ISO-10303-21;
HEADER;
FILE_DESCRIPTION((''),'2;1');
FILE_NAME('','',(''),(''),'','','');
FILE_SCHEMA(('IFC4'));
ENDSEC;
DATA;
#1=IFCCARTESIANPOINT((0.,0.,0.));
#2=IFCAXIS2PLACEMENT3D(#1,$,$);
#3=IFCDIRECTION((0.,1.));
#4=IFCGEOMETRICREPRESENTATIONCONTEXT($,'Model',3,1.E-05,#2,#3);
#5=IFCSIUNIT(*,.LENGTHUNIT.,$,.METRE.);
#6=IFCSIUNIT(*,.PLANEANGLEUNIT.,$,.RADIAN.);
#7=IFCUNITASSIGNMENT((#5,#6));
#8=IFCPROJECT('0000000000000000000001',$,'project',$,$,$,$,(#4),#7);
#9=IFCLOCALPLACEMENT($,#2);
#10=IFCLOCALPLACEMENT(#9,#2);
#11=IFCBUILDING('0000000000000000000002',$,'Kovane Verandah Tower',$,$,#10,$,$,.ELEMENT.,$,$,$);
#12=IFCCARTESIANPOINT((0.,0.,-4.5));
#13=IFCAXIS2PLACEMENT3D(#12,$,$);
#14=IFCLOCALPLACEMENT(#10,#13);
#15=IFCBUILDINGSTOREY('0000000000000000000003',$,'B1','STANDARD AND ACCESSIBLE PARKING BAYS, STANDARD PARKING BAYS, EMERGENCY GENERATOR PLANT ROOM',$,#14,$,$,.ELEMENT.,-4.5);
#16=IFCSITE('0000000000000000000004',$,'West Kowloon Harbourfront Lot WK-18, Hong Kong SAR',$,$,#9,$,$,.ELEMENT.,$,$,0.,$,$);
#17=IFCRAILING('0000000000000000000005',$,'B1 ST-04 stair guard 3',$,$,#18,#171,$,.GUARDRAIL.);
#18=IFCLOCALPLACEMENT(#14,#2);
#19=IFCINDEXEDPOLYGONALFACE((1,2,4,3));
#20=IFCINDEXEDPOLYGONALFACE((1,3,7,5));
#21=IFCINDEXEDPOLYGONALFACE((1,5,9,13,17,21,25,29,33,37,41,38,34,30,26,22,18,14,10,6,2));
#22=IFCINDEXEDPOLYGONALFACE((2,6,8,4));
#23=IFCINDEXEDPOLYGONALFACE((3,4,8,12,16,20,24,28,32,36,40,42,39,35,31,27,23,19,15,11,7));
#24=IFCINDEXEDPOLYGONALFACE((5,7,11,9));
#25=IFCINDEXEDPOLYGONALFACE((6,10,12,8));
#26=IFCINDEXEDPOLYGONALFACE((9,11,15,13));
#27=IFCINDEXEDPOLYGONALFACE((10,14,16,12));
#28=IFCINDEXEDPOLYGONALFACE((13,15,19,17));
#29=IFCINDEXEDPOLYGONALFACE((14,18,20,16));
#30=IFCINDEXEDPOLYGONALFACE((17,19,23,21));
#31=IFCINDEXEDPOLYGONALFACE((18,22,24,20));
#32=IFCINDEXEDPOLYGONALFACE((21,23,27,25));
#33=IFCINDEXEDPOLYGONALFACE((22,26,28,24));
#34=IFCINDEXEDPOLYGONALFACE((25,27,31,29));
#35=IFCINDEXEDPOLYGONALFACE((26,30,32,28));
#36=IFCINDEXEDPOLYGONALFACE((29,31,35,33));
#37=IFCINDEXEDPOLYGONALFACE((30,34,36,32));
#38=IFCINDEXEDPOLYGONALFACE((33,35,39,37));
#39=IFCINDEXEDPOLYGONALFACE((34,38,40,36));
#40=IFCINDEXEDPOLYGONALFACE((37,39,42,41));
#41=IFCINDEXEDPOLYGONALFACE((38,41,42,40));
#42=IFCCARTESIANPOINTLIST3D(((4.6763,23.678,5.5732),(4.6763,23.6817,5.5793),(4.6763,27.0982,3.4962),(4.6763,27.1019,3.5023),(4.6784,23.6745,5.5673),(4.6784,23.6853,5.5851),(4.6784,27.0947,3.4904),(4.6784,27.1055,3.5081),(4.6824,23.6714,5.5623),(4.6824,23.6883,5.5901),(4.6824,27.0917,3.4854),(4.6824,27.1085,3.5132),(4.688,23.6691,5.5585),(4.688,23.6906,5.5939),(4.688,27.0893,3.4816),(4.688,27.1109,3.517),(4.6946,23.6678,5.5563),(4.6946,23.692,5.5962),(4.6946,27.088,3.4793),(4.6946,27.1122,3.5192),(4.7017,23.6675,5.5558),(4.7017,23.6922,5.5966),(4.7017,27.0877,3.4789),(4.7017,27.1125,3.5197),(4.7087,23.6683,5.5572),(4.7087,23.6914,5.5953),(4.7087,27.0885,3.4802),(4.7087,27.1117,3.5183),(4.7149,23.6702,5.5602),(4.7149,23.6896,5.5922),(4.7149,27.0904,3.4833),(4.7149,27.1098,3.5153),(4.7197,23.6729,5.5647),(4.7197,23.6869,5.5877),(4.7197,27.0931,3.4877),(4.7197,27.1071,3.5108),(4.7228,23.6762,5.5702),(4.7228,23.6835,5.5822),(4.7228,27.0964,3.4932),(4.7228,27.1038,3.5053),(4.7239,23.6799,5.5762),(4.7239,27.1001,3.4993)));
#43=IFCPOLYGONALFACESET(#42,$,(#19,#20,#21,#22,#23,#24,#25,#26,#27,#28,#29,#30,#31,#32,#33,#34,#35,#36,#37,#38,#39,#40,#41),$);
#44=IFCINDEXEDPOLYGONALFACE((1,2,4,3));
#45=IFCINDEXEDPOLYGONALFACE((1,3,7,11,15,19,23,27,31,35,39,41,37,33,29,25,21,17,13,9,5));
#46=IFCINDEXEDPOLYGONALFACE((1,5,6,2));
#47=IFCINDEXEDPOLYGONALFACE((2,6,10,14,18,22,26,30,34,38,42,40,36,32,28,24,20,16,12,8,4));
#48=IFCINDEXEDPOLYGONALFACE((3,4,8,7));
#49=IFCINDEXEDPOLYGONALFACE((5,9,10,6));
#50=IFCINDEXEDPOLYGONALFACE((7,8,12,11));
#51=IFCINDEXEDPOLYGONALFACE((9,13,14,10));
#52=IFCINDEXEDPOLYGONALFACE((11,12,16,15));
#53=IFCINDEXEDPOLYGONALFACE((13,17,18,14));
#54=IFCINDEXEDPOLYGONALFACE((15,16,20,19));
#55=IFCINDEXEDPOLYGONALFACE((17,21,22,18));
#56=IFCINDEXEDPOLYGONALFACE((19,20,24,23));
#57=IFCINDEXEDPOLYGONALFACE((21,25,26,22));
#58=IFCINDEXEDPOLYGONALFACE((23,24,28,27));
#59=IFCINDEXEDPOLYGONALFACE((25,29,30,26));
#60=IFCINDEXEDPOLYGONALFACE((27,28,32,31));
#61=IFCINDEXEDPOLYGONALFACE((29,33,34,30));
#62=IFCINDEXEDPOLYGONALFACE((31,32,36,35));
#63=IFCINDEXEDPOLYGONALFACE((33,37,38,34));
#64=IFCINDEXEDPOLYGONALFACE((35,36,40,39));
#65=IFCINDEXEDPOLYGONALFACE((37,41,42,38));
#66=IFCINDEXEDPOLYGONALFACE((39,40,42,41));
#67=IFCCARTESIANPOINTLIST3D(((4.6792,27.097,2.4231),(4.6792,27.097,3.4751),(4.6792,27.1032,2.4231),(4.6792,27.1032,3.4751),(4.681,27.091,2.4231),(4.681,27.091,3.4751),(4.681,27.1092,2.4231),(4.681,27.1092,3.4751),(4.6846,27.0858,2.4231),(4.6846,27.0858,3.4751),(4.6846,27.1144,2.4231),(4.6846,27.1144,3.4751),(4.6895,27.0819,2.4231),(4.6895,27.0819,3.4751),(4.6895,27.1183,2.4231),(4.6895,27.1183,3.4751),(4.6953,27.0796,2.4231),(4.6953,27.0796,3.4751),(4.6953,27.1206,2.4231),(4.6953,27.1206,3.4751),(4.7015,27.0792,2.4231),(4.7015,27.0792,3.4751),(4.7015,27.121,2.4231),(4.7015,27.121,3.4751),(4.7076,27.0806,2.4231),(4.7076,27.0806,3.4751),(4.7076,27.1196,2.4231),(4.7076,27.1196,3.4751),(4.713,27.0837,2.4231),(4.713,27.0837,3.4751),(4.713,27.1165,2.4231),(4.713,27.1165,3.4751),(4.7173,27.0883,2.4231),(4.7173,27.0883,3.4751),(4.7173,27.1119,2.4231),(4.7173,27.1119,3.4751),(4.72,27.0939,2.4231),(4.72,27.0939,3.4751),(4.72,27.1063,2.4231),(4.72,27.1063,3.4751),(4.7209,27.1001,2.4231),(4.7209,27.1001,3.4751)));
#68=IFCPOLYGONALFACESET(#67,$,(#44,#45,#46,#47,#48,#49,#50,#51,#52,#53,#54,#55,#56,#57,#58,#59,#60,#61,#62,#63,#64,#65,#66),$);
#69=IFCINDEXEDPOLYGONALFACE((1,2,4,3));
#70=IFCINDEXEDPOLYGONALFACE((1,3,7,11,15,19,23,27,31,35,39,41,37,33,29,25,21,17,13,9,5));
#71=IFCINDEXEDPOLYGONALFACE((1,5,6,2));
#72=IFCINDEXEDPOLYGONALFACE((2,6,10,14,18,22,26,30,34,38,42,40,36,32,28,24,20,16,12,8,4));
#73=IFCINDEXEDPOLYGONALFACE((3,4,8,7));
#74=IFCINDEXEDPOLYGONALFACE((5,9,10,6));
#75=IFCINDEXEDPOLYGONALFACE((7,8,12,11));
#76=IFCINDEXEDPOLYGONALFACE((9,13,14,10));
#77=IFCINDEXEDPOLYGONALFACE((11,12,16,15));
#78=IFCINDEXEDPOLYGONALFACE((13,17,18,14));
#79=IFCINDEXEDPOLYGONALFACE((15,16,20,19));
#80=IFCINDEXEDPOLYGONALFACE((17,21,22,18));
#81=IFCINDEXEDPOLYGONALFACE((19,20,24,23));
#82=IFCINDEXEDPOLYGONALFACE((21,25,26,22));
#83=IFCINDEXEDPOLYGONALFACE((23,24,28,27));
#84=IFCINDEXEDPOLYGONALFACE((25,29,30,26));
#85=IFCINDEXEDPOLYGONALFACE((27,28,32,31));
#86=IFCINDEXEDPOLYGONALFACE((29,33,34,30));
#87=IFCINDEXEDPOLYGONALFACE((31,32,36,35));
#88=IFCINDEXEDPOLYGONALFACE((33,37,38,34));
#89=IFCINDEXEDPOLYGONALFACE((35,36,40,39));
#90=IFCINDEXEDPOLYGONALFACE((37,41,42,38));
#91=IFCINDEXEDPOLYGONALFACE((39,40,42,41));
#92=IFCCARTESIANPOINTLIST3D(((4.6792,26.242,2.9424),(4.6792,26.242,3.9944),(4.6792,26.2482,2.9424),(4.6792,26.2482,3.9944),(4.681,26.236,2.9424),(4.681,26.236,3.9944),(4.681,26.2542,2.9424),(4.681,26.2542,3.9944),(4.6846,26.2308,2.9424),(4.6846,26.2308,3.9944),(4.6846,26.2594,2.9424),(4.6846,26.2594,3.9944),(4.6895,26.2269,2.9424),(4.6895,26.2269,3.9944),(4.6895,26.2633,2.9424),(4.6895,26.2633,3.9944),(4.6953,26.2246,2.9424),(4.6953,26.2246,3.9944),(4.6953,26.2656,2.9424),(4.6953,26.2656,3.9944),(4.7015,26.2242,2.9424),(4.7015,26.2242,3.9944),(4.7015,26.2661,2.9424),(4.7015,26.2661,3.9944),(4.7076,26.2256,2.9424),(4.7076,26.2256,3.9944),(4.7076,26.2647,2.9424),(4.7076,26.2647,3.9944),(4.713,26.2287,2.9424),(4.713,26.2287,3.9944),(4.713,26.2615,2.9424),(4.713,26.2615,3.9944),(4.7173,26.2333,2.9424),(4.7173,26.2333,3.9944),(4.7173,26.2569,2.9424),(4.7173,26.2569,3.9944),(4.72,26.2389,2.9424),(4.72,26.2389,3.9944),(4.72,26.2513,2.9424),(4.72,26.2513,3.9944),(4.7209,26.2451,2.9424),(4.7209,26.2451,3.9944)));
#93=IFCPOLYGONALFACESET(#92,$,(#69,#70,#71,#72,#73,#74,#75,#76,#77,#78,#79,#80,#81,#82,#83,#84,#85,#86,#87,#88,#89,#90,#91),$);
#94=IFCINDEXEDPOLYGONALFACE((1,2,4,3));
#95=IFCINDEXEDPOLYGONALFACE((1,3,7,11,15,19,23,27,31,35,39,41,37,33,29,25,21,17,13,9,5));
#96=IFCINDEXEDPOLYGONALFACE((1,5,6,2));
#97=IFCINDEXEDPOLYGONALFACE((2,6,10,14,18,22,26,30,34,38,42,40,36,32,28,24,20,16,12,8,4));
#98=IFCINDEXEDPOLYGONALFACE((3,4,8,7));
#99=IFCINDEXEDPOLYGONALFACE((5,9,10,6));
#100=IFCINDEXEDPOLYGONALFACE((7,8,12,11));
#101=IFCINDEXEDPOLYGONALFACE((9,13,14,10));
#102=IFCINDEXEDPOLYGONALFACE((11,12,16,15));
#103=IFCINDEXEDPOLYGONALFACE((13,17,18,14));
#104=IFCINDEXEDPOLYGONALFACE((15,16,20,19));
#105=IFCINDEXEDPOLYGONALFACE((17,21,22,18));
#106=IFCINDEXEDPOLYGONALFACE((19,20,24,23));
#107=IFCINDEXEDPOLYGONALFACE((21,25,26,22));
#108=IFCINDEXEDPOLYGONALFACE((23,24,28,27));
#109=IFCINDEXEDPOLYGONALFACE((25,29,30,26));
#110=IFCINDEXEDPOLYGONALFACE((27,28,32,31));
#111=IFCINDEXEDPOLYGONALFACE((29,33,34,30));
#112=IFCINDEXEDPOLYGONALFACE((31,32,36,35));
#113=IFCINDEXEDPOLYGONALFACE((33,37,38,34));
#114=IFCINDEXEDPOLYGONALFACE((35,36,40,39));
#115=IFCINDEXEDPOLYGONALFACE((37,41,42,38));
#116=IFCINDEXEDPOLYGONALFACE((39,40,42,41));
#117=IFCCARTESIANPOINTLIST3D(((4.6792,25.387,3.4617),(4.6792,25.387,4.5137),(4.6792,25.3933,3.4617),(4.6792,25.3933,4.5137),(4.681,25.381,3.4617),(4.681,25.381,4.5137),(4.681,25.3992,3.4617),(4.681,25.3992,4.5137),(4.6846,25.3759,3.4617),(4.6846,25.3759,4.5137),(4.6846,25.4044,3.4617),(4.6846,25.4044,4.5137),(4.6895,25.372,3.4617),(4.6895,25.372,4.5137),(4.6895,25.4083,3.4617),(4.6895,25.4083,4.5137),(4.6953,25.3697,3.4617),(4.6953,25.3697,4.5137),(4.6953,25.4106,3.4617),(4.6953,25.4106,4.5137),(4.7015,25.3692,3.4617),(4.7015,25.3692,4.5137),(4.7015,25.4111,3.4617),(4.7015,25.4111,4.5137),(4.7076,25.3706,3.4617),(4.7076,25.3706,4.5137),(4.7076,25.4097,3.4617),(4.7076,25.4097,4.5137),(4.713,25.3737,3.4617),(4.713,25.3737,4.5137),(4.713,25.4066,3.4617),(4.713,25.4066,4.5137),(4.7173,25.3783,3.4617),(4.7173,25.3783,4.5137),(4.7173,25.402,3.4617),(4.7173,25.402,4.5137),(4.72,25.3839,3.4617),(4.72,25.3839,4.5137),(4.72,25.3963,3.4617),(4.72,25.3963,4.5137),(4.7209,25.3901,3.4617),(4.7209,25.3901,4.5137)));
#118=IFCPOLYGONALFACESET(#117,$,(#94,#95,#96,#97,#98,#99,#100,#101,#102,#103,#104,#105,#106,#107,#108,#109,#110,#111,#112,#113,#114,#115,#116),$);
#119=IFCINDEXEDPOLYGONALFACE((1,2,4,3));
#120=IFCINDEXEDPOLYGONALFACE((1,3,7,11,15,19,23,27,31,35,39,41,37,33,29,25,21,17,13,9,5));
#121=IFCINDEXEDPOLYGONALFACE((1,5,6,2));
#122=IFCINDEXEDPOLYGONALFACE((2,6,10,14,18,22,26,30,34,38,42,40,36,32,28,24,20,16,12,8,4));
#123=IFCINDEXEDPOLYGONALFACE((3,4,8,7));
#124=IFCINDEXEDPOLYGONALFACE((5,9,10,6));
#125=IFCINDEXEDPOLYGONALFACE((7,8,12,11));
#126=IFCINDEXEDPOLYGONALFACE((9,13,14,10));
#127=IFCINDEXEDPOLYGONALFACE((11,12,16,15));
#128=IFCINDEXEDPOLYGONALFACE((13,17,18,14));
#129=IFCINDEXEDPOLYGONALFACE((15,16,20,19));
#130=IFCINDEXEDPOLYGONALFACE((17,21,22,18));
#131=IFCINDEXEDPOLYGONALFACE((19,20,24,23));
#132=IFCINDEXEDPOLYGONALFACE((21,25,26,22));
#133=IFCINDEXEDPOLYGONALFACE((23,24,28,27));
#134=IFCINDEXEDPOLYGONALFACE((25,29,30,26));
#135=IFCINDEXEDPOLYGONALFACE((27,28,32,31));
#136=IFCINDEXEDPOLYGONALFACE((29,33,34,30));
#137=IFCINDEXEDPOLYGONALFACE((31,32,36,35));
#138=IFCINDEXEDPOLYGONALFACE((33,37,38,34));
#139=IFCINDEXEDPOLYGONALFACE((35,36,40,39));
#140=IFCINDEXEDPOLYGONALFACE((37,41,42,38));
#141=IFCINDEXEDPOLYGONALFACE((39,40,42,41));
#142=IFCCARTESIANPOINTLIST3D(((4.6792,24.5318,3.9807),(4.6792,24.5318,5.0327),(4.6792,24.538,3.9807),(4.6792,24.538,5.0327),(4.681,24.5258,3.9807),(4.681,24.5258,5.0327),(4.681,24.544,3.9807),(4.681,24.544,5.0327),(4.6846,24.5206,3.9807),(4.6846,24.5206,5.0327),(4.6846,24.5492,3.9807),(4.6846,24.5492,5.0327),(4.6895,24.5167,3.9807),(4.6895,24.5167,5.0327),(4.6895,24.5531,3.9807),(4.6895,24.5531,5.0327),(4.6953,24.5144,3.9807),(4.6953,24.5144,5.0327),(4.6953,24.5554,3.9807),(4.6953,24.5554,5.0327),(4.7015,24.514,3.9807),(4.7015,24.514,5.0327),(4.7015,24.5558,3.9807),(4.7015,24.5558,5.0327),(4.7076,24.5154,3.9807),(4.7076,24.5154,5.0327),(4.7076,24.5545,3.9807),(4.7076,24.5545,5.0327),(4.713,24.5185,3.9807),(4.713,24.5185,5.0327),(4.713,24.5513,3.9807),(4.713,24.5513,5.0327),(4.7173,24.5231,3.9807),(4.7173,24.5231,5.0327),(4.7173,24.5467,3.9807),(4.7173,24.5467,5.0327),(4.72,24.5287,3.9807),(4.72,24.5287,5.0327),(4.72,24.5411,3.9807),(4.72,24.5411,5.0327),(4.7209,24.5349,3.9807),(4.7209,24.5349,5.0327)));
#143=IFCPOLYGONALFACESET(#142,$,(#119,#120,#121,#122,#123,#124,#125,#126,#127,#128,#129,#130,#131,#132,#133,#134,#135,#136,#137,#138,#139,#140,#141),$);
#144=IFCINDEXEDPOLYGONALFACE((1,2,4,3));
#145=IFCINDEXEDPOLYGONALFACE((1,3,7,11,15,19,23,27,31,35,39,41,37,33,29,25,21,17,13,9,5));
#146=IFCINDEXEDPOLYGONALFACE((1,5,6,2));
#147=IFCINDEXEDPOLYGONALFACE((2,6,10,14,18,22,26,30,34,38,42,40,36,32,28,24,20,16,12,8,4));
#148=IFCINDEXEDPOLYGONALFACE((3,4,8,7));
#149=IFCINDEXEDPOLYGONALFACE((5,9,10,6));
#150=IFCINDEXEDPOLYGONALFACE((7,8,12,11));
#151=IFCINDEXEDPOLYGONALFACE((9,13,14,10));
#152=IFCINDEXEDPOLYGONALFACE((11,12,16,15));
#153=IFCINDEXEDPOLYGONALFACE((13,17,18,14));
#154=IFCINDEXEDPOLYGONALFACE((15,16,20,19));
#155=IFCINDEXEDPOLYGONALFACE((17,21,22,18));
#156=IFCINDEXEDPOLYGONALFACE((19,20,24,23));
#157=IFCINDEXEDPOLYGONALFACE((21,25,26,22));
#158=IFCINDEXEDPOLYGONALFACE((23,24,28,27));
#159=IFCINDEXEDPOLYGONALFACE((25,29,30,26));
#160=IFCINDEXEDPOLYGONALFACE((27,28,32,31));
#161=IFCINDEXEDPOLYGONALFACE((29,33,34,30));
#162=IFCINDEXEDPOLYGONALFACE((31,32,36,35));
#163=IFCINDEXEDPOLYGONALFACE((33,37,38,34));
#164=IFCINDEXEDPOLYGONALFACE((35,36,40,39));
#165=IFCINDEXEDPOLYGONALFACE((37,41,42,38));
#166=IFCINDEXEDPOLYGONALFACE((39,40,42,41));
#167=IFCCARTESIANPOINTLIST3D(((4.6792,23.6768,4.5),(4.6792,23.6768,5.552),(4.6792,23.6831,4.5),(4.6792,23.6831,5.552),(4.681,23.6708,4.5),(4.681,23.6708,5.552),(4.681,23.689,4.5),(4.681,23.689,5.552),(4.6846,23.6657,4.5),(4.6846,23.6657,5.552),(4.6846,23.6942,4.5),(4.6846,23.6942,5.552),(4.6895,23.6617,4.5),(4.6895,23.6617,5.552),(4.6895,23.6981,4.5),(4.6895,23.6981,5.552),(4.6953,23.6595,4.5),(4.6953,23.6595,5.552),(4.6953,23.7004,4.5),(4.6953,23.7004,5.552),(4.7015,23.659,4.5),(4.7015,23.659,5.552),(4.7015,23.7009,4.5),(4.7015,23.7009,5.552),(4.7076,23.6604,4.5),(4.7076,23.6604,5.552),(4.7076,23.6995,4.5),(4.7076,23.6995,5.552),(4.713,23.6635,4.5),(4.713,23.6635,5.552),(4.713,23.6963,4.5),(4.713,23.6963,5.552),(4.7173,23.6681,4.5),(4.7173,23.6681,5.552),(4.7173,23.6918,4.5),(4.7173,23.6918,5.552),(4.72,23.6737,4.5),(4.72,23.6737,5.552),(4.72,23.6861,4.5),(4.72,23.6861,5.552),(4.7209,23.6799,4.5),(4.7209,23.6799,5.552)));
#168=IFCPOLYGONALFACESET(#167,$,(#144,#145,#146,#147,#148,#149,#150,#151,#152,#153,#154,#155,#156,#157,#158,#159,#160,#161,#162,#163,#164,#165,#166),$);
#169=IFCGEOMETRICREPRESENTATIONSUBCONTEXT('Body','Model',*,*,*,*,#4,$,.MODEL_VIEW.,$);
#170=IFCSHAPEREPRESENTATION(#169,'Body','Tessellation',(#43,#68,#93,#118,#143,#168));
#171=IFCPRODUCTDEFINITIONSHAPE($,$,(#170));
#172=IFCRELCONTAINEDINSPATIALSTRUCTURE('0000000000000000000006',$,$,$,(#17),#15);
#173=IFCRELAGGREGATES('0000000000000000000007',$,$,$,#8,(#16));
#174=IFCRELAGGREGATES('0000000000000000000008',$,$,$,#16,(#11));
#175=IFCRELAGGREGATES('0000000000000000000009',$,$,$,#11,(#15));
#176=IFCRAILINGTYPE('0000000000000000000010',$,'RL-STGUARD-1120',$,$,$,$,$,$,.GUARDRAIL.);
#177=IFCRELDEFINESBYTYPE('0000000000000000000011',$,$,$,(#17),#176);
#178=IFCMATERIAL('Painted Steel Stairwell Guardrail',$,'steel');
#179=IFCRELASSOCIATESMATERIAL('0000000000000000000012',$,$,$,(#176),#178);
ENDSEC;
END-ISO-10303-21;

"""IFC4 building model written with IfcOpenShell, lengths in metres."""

from ifc_helpers import new_model, si_unit, direction, frame, origin, origin_2d, place, context, subcontext, project, spatial, circle, extrude, material, type_object, element, save


model = new_model("IFC4")

# Units and contexts
model_context = context("Model", 3, precision=1e-05, world=origin(), true_north=direction((0.0, 1.0)))
body_context = subcontext(model_context, "Body", "Model", "MODEL_VIEW")
ifc_project = project(units=[si_unit("LENGTHUNIT", "METRE"), si_unit("PLANEANGLEUNIT", "RADIAN")], contexts=[model_context])

# Site, building, storey
site_placement = place(None, origin())
site = spatial("IfcSite", under=ifc_project, at=site_placement, Name="West Kowloon Harbourfront Lot WK-18, Hong Kong SAR", CompositionType="ELEMENT", RefElevation=0.0)
building_placement = place(site_placement, origin())
building = spatial("IfcBuilding", under=site, at=building_placement, Name="Kovane Verandah Tower", CompositionType="ELEMENT")
storey_placement = place(building_placement, frame((0.0, 0.0, -4.5)))
storey = spatial("IfcBuildingStorey", under=building, at=storey_placement, Name="B1", Description="STANDARD AND ACCESSIBLE PARKING BAYS, STANDARD PARKING BAYS, EMERGENCY GENERATOR PLANT ROOM", CompositionType="ELEMENT", Elevation=-4.5)

# Railing
ifc_material_1 = material(Name="Painted Steel Stairwell Guardrail", Category="steel")
railing_type_1 = type_object("IfcRailingType", Name="RL-STGUARD-1120", PredefinedType="GUARDRAIL", material=ifc_material_1)
railing_1_placement = place(storey_placement, frame((4.7, 27.1001, 2.4231)))
element("IfcRailing", 1, at=railing_1_placement, inside=storey, type_object=railing_type_1, Name="B1 ST-04 stair guard 3", PredefinedType="GUARDRAIL", context=body_context, shape_type="SweptSolid", body=[
    extrude(circle(Radius=0.0239, at=origin_2d()), frame((0.0, 0.0, 1.0762), z_axis=(0.0, -0.854746, 0.519047), x_axis=(1.0, 0.0, 0.0)), (0.0, 0.0, 1.0), 4.0015),
    extrude(circle(Radius=0.021, at=origin_2d()), origin(), (0.0, 0.0, 1.0), 1.052),
    extrude(circle(Radius=0.021, at=origin_2d()), frame((0.0, -0.855, 0.5193)), (0.0, 0.0, 1.0), 1.052),
    extrude(circle(Radius=0.021, at=origin_2d()), frame((0.0, -1.71, 1.0386)), (0.0, 0.0, 1.0), 1.052),
    extrude(circle(Radius=0.021, at=origin_2d()), frame((0.0, -2.5652, 1.5576)), (0.0, 0.0, 1.0), 1.052),
    extrude(circle(Radius=0.021, at=origin_2d()), frame((0.0, -3.4202, 2.0769)), (0.0, 0.0, 1.0), 1.052),
])

save(model, "model.ifc")
